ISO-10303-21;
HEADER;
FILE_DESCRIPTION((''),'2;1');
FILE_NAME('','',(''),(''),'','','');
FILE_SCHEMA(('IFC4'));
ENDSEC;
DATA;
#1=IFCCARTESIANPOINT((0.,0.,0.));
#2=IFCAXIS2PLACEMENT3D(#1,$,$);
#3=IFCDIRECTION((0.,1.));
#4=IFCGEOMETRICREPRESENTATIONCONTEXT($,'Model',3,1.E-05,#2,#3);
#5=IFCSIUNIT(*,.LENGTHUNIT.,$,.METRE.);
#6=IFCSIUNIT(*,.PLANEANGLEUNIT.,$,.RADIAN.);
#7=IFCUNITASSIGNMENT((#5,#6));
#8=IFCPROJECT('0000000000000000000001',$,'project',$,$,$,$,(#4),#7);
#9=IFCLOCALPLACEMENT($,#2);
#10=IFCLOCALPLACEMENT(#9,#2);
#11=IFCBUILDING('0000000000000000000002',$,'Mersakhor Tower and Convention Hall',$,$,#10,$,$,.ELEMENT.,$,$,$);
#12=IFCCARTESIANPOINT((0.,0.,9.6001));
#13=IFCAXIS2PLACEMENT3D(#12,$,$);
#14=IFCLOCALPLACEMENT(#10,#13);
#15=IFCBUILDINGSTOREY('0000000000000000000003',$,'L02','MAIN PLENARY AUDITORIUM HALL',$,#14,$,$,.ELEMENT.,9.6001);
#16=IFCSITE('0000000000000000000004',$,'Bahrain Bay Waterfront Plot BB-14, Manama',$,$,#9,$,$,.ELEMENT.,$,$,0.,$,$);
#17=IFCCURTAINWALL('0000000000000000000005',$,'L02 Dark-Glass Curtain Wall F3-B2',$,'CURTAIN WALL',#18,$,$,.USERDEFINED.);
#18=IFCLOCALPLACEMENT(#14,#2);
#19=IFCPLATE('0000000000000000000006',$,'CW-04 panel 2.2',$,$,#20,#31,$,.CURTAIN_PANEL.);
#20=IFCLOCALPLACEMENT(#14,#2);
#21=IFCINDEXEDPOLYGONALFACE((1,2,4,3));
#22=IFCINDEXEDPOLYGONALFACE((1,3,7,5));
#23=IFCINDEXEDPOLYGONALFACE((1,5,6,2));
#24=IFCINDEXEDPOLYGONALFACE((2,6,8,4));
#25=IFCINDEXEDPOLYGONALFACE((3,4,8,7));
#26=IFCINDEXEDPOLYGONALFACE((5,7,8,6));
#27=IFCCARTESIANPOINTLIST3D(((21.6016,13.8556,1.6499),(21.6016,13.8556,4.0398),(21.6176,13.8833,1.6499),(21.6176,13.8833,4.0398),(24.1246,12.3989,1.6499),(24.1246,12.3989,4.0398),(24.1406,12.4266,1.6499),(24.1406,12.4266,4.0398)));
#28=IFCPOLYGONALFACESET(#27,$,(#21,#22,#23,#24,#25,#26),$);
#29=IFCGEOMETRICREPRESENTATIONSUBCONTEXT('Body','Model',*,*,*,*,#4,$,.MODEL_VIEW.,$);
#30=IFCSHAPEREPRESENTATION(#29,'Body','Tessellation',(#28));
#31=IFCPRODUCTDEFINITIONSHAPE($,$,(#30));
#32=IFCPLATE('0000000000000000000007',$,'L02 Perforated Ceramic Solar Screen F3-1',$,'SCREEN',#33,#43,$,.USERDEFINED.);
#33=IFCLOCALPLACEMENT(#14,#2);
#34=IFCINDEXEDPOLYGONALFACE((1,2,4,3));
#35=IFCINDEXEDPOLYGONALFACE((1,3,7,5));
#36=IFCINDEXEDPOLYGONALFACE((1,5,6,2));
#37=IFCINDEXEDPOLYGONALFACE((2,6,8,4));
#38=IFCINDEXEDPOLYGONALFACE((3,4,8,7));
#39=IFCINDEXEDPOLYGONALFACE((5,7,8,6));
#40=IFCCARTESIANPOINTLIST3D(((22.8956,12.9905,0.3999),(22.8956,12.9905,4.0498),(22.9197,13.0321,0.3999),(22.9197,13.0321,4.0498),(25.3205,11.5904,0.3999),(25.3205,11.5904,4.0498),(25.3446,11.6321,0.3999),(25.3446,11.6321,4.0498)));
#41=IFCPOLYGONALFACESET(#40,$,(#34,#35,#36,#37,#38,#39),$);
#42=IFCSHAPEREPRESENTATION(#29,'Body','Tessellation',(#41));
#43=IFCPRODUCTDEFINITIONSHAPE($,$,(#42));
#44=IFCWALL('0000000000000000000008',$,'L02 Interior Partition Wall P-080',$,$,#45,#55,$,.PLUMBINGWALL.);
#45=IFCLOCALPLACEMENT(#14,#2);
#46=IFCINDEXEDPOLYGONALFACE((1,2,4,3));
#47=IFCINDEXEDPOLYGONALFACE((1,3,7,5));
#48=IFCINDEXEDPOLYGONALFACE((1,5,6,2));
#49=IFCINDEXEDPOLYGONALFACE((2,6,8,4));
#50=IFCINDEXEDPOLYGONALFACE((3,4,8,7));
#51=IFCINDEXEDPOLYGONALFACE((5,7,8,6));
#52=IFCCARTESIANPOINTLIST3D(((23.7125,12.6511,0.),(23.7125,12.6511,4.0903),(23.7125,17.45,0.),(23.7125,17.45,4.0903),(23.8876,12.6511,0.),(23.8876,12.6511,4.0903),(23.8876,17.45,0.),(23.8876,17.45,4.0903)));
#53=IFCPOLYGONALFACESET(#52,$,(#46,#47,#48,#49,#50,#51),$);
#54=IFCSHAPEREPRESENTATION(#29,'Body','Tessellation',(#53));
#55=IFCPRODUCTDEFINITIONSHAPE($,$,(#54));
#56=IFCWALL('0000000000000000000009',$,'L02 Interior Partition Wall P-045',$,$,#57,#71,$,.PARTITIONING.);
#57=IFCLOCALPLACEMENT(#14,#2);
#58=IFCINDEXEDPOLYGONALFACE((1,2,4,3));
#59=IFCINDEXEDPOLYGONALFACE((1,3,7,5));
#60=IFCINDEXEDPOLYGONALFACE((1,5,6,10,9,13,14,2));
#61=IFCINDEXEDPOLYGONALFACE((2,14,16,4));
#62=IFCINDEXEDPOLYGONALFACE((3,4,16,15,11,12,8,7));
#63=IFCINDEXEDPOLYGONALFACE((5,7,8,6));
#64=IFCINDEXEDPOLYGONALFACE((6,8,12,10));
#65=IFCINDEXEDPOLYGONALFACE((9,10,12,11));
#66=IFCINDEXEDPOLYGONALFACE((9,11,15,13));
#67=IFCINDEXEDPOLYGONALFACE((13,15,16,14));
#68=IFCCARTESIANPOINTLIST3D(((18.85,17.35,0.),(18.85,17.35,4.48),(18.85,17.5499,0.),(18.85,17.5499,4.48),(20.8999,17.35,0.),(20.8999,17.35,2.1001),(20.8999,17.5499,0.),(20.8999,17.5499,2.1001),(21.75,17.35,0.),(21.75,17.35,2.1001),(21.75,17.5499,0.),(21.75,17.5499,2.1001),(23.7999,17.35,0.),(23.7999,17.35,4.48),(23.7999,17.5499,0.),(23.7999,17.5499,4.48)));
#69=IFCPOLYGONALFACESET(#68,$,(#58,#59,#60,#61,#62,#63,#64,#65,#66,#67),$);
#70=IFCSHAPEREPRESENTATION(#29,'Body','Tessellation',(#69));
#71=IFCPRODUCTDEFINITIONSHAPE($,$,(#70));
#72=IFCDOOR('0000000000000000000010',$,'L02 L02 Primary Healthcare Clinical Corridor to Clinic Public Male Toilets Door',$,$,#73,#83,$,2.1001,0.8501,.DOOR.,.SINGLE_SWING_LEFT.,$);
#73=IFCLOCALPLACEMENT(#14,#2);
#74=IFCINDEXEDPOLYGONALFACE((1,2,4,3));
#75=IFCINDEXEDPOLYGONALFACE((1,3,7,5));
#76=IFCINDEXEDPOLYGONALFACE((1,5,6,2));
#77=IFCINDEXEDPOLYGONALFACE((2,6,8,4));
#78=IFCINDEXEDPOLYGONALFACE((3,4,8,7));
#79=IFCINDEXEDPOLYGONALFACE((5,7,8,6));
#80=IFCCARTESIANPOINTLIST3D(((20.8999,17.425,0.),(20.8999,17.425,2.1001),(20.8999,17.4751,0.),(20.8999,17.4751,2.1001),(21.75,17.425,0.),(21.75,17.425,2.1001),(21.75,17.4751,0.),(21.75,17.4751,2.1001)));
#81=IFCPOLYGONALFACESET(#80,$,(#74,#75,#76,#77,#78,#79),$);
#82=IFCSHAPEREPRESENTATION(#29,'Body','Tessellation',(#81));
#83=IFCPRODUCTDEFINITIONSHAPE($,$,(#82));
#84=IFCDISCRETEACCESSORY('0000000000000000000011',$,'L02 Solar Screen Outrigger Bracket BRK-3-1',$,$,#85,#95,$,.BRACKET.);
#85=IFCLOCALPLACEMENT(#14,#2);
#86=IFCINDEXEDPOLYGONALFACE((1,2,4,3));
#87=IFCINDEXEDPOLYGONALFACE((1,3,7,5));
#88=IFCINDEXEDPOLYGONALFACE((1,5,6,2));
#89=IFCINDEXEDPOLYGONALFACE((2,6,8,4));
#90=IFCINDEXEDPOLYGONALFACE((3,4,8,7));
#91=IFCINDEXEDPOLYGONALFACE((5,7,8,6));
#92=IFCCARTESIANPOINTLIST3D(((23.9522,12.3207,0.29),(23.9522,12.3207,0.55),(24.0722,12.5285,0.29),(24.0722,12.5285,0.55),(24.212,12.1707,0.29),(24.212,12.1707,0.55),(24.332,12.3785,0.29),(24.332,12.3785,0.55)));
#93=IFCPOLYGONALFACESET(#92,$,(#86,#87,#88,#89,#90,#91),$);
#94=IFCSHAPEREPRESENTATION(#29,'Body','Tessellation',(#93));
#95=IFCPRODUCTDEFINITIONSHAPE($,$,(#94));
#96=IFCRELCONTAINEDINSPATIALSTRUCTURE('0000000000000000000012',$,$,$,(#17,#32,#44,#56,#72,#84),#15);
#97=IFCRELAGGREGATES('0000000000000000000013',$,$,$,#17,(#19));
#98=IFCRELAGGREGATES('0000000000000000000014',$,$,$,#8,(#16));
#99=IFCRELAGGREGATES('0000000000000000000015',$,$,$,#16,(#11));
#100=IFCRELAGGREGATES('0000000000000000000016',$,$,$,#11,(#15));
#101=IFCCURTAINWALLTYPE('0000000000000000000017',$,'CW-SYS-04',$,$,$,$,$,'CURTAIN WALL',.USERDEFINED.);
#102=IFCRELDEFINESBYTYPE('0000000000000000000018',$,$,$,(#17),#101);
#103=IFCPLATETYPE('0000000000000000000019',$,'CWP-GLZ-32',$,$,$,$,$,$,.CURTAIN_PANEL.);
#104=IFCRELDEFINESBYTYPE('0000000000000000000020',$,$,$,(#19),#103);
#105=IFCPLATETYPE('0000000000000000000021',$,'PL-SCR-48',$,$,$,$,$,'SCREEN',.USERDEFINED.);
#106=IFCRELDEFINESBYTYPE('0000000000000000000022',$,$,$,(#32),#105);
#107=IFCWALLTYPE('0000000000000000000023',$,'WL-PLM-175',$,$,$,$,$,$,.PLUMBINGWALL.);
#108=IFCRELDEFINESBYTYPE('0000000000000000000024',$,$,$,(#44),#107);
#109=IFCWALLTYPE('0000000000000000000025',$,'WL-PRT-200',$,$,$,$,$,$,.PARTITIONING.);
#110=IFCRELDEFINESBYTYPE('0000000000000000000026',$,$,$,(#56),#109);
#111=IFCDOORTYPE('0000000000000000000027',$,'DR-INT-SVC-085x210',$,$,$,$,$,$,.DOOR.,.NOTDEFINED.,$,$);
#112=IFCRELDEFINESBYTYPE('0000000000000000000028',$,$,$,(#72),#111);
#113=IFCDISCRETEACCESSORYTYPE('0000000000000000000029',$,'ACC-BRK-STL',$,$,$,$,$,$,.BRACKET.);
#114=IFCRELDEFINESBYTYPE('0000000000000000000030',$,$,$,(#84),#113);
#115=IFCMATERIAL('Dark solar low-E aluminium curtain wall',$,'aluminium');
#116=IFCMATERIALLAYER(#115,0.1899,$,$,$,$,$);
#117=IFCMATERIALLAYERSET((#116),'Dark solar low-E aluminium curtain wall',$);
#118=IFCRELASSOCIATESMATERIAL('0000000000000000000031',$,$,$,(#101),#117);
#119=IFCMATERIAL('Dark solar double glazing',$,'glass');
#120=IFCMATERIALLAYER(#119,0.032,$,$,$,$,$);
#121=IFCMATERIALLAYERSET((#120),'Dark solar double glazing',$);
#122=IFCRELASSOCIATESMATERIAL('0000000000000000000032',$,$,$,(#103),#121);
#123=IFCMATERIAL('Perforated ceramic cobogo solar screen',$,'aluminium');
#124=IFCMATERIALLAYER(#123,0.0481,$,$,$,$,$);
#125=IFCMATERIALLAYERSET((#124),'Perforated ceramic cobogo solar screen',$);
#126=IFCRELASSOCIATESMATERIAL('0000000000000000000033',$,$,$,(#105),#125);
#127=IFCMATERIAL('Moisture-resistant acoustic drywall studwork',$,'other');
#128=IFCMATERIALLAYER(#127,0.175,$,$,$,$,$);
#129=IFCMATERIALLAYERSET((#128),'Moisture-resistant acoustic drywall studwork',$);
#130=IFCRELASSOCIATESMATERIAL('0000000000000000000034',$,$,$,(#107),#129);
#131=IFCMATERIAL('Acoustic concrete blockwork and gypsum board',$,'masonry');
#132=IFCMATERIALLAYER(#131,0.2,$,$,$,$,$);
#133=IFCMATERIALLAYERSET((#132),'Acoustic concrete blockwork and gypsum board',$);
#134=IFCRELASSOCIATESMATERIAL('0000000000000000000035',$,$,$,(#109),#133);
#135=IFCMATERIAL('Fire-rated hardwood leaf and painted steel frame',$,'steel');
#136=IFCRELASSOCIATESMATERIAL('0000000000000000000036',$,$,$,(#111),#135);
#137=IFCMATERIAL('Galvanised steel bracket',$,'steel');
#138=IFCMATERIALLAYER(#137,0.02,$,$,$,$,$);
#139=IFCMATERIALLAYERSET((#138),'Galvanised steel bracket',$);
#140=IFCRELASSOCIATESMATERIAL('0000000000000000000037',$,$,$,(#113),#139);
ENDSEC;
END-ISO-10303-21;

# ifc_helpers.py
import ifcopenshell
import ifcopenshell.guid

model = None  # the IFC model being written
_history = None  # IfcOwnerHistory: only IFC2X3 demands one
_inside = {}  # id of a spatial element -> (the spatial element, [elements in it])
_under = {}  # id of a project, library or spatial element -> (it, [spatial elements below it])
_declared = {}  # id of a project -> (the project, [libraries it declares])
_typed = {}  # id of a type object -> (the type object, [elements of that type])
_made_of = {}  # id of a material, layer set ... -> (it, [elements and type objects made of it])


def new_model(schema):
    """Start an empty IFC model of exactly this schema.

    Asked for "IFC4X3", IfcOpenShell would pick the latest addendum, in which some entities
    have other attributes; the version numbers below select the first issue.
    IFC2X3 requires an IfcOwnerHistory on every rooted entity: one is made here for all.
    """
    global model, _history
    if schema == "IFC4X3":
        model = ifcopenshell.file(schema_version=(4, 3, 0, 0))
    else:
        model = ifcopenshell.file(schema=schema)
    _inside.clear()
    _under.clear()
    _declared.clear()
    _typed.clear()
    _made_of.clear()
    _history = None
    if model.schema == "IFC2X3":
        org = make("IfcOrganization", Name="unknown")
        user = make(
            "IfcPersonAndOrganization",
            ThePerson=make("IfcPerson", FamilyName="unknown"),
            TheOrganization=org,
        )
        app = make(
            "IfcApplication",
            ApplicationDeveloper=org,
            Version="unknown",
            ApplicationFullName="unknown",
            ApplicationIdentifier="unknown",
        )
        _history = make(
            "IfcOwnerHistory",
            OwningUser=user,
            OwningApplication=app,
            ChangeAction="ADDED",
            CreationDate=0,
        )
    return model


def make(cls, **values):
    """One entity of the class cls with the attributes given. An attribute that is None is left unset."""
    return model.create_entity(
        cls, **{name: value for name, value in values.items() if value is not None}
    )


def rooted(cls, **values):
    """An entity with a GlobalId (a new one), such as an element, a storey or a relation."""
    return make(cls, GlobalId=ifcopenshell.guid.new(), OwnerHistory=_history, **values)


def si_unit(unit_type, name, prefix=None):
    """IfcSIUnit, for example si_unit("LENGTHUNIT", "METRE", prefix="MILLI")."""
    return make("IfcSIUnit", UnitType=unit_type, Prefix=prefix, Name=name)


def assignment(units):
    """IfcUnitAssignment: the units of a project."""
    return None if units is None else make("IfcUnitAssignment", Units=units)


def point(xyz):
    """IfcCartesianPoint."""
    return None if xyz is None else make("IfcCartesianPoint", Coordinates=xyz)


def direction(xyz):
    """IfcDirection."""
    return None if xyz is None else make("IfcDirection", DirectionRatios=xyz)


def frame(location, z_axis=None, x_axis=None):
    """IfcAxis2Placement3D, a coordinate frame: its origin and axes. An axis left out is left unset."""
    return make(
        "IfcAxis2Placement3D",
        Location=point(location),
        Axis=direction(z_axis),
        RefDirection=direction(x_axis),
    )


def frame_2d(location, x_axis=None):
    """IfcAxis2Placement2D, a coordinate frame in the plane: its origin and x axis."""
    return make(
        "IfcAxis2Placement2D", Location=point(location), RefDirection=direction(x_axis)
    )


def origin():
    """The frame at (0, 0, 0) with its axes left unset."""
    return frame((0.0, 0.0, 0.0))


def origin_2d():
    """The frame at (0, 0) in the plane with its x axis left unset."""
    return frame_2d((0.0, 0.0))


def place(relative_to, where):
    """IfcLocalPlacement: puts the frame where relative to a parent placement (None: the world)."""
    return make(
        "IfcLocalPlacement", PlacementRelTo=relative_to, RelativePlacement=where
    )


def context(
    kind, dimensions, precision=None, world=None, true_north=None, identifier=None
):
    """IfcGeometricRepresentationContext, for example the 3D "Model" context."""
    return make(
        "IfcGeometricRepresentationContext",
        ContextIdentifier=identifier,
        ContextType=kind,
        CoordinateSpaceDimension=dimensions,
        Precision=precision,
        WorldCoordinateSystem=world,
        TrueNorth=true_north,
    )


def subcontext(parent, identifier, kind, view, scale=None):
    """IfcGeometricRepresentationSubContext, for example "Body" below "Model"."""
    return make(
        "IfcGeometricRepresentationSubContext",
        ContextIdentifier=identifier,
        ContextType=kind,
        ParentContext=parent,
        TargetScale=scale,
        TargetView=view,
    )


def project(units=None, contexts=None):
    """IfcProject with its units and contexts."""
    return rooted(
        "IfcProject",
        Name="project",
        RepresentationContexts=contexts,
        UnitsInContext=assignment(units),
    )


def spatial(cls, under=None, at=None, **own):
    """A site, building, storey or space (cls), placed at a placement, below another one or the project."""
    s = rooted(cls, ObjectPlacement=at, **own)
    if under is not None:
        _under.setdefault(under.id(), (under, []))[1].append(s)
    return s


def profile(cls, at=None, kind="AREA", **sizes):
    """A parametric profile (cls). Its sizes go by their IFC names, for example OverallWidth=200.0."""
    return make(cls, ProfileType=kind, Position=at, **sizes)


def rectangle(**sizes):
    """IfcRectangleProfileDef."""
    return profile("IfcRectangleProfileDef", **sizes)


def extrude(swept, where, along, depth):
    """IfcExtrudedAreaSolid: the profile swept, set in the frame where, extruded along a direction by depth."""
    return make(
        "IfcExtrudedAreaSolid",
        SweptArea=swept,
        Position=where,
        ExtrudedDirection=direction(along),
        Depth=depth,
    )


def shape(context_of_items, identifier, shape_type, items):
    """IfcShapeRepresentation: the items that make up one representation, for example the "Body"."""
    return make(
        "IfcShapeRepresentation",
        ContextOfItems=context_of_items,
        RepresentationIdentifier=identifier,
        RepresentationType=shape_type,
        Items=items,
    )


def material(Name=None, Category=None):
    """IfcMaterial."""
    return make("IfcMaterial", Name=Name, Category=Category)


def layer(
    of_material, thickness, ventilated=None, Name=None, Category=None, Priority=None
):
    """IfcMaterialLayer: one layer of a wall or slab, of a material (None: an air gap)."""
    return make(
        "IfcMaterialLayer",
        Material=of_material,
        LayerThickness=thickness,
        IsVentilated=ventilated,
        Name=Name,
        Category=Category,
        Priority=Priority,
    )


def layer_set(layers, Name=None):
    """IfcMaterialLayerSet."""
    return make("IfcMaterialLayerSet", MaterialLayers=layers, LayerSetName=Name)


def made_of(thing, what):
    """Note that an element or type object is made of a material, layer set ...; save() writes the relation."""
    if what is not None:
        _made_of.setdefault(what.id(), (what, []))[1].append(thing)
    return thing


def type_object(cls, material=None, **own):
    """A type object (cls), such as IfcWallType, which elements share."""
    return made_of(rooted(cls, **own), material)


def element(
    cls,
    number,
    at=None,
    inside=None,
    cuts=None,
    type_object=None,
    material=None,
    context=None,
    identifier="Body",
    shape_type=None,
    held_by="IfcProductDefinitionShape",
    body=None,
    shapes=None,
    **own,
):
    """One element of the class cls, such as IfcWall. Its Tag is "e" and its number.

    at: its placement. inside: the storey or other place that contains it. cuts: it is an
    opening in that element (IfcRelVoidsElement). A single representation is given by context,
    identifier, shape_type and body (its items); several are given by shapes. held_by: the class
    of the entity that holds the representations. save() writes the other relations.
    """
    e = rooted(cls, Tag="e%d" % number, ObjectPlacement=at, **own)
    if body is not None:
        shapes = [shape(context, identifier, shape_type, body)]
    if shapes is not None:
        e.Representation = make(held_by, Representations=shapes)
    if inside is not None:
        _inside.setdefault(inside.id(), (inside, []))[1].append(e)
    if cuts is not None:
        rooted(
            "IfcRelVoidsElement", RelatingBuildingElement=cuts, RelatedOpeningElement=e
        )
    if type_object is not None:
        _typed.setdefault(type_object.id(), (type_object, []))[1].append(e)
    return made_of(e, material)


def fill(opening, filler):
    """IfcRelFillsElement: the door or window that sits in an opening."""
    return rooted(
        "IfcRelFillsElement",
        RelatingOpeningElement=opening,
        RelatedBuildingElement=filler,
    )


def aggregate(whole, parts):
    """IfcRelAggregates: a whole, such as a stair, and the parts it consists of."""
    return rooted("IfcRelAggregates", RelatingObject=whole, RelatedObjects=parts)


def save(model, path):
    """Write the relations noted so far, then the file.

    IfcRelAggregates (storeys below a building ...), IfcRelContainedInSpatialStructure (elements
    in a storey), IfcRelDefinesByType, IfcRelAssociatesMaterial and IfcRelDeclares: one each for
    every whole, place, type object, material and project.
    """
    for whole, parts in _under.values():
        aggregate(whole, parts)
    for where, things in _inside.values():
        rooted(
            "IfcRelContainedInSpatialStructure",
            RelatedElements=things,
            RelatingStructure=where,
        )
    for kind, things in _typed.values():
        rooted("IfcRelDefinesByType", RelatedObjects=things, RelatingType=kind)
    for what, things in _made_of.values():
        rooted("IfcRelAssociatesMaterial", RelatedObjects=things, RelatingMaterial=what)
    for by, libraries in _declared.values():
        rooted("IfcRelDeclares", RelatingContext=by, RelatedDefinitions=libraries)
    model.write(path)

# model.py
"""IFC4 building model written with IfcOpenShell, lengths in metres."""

from ifc_helpers import new_model, si_unit, direction, frame, frame_2d, origin, origin_2d, place, context, subcontext, project, spatial, rectangle, extrude, material, layer, layer_set, type_object, element, fill, aggregate, save


model = new_model("IFC4")

# Units and contexts
model_context = context("Model", 3, precision=1e-05, world=origin(), true_north=direction((0.0, 1.0)))
body_context = subcontext(model_context, "Body", "Model", "MODEL_VIEW")
ifc_project = project(units=[si_unit("LENGTHUNIT", "METRE"), si_unit("PLANEANGLEUNIT", "RADIAN")], contexts=[model_context])

# Site, building, storey
site_placement = place(None, origin())
site = spatial("IfcSite", under=ifc_project, at=site_placement, Name="Bahrain Bay Waterfront Plot BB-14, Manama", CompositionType="ELEMENT", RefElevation=0.0)
building_placement = place(site_placement, origin())
building = spatial("IfcBuilding", under=site, at=building_placement, Name="Mersakhor Tower and Convention Hall", CompositionType="ELEMENT")
storey_placement = place(building_placement, frame((0.0, 0.0, 9.6001)))
storey = spatial("IfcBuildingStorey", under=building, at=storey_placement, Name="L02", Description="MAIN PLENARY AUDITORIUM HALL", CompositionType="ELEMENT", Elevation=9.6001)

# Curtain wall, plate
ifc_material_1 = material(Name="Dark solar low-E aluminium curtain wall", Category="aluminium")
ifc_layer_1 = layer(ifc_material_1, 0.1899)
ifc_layer_set_1 = layer_set([ifc_layer_1], Name="Dark solar low-E aluminium curtain wall")
curtain_wall_type = type_object("IfcCurtainWallType", Name="CW-SYS-04", ElementType="CURTAIN WALL", PredefinedType="USERDEFINED", material=ifc_layer_set_1)
curtain_wall_placement = place(storey_placement, origin())
curtain_wall = element("IfcCurtainWall", 1, at=curtain_wall_placement, inside=storey, type_object=curtain_wall_type, Name="L02 Dark-Glass Curtain Wall F3-B2", ObjectType="CURTAIN WALL", PredefinedType="USERDEFINED")
ifc_material_2 = material(Name="Dark solar double glazing", Category="glass")
ifc_layer_2 = layer(ifc_material_2, 0.032)
ifc_layer_set_2 = layer_set([ifc_layer_2], Name="Dark solar double glazing")
plate_type_1 = type_object("IfcPlateType", Name="CWP-GLZ-32", PredefinedType="CURTAIN_PANEL", material=ifc_layer_set_2)
plate_1_placement = place(storey_placement, frame((22.8711, 13.1411, 1.6499), z_axis=(0.0, 0.0, 1.0), x_axis=(-0.866023, 0.500003, 0.0)))
plate_1 = element("IfcPlate", 2, at=plate_1_placement, type_object=plate_type_1, Name="CW-04 panel 2.2", PredefinedType="CURTAIN_PANEL", context=body_context, shape_type="SweptSolid", body=[
    extrude(rectangle(XDim=2.9133, YDim=0.032, at=origin_2d()), origin(), (0.0, 0.0, 1.0), 2.3899),
])
aggregate(curtain_wall, [plate_1])

# Plate
ifc_material_3 = material(Name="Perforated ceramic cobogo solar screen", Category="aluminium")
ifc_layer_3 = layer(ifc_material_3, 0.0481)
ifc_layer_set_3 = layer_set([ifc_layer_3], Name="Perforated ceramic cobogo solar screen")
plate_type_2 = type_object("IfcPlateType", Name="PL-SCR-48", ElementType="SCREEN", PredefinedType="USERDEFINED", material=ifc_layer_set_3)
plate_2_placement = place(storey_placement, frame((24.1201, 12.3113, 0.3999), z_axis=(0.0, 0.0, 1.0), x_axis=(-0.866025, 0.5, 0.0)))
element("IfcPlate", 3, at=plate_2_placement, inside=storey, type_object=plate_type_2, Name="L02 Perforated Ceramic Solar Screen F3-1", ObjectType="SCREEN", PredefinedType="USERDEFINED", context=body_context, shape_type="SweptSolid", body=[
    extrude(rectangle(XDim=2.8, YDim=0.0481, at=origin_2d()), origin(), (0.0, 0.0, 1.0), 3.6499),
])

# Wall
ifc_material_4 = material(Name="Moisture-resistant acoustic drywall studwork", Category="other")
ifc_layer_4 = layer(ifc_material_4, 0.175)
ifc_layer_set_4 = layer_set([ifc_layer_4], Name="Moisture-resistant acoustic drywall studwork")
wall_type_1 = type_object("IfcWallType", Name="WL-PLM-175", PredefinedType="PLUMBINGWALL", material=ifc_layer_set_4)
wall_1_placement = place(storey_placement, frame((23.8, 17.45, 0.0), z_axis=(0.0, 0.0, 1.0), x_axis=(0.0, -1.0, 0.0)))
element("IfcWall", 4, at=wall_1_placement, inside=storey, type_object=wall_type_1, Name="L02 Interior Partition Wall P-080", PredefinedType="PLUMBINGWALL", context=body_context, shape_type="SweptSolid", body=[
    extrude(rectangle(XDim=4.7988, YDim=0.175, at=frame_2d((2.3994, 0.0))), origin(), (0.0, 0.0, 1.0), 4.0903),
])

# Wall, opening, door
ifc_material_5 = material(Name="Acoustic concrete blockwork and gypsum board", Category="masonry")
ifc_layer_5 = layer(ifc_material_5, 0.2)
ifc_layer_set_5 = layer_set([ifc_layer_5], Name="Acoustic concrete blockwork and gypsum board")
wall_type_2 = type_object("IfcWallType", Name="WL-PRT-200", PredefinedType="PARTITIONING", material=ifc_layer_set_5)
wall_2_placement = place(storey_placement, frame((23.8, 17.45, 0.0), z_axis=(0.0, 0.0, 1.0), x_axis=(-1.0, 0.0, 0.0)))
wall_2 = element("IfcWall", 5, at=wall_2_placement, inside=storey, type_object=wall_type_2, Name="L02 Interior Partition Wall P-045", PredefinedType="PARTITIONING", context=body_context, shape_type="SweptSolid", body=[
    extrude(rectangle(XDim=4.95, YDim=0.2, at=frame_2d((2.4751, 0.0))), origin(), (0.0, 0.0, 1.0), 4.48),
])
opening_placement = place(wall_2_placement, frame((2.05, 0.0, 0.0)))
opening = element("IfcOpeningElement", 6, at=opening_placement, cuts=wall_2, PredefinedType="OPENING", context=body_context, shape_type="SweptSolid", body=[
    extrude(rectangle(XDim=0.8501, YDim=2.1001, at=frame_2d((0.425, 1.05))), frame((0.0, 0.1099, 0.0), z_axis=(0.0, -1.0, 0.0), x_axis=(1.0, 0.0, 0.0)), (0.0, 0.0, 1.0), 0.22),
])
ifc_material_6 = material(Name="Fire-rated hardwood leaf and painted steel frame", Category="steel")
door_type = type_object("IfcDoorType", Name="DR-INT-SVC-085x210", OperationType="NOTDEFINED", PredefinedType="DOOR", material=ifc_material_6)
door_placement = place(opening_placement, origin())
door = element("IfcDoor", 7, at=door_placement, inside=storey, type_object=door_type, Name="L02 L02 Primary Healthcare Clinical Corridor to Clinic Public Male Toilets Door", OperationType="SINGLE_SWING_LEFT", OverallHeight=2.1001, OverallWidth=0.8501, PredefinedType="DOOR", context=body_context, shape_type="SweptSolid", body=[
    extrude(rectangle(XDim=0.8501, YDim=2.1001, at=frame_2d((0.425, 1.05))), frame((0.0, 0.0249, 0.0), z_axis=(0.0, -1.0, 0.0), x_axis=(1.0, 0.0, 0.0)), (0.0, 0.0, 1.0), 0.05),
])
fill(opening, door)

# Discrete accessory
ifc_material_7 = material(Name="Galvanised steel bracket", Category="steel")
ifc_layer_6 = layer(ifc_material_7, 0.02)
ifc_layer_set_6 = layer_set([ifc_layer_6], Name="Galvanised steel bracket")
discrete_accessory_type = type_object("IfcDiscreteAccessoryType", Name="ACC-BRK-STL", PredefinedType="BRACKET", material=ifc_layer_set_6)
discrete_accessory_placement = place(storey_placement, frame((24.1421, 12.3496, 0.29), z_axis=(0.0, 0.0, 1.0), x_axis=(-0.866025, 0.5, 0.0)))
element("IfcDiscreteAccessory", 8, at=discrete_accessory_placement, inside=storey, type_object=discrete_accessory_type, Name="L02 Solar Screen Outrigger Bracket BRK-3-1", PredefinedType="BRACKET", context=body_context, shape_type="SweptSolid", body=[
    extrude(rectangle(XDim=0.3, YDim=0.24, at=origin_2d()), origin(), (0.0, 0.0, 1.0), 0.26),
])

save(model, "model.ifc")
